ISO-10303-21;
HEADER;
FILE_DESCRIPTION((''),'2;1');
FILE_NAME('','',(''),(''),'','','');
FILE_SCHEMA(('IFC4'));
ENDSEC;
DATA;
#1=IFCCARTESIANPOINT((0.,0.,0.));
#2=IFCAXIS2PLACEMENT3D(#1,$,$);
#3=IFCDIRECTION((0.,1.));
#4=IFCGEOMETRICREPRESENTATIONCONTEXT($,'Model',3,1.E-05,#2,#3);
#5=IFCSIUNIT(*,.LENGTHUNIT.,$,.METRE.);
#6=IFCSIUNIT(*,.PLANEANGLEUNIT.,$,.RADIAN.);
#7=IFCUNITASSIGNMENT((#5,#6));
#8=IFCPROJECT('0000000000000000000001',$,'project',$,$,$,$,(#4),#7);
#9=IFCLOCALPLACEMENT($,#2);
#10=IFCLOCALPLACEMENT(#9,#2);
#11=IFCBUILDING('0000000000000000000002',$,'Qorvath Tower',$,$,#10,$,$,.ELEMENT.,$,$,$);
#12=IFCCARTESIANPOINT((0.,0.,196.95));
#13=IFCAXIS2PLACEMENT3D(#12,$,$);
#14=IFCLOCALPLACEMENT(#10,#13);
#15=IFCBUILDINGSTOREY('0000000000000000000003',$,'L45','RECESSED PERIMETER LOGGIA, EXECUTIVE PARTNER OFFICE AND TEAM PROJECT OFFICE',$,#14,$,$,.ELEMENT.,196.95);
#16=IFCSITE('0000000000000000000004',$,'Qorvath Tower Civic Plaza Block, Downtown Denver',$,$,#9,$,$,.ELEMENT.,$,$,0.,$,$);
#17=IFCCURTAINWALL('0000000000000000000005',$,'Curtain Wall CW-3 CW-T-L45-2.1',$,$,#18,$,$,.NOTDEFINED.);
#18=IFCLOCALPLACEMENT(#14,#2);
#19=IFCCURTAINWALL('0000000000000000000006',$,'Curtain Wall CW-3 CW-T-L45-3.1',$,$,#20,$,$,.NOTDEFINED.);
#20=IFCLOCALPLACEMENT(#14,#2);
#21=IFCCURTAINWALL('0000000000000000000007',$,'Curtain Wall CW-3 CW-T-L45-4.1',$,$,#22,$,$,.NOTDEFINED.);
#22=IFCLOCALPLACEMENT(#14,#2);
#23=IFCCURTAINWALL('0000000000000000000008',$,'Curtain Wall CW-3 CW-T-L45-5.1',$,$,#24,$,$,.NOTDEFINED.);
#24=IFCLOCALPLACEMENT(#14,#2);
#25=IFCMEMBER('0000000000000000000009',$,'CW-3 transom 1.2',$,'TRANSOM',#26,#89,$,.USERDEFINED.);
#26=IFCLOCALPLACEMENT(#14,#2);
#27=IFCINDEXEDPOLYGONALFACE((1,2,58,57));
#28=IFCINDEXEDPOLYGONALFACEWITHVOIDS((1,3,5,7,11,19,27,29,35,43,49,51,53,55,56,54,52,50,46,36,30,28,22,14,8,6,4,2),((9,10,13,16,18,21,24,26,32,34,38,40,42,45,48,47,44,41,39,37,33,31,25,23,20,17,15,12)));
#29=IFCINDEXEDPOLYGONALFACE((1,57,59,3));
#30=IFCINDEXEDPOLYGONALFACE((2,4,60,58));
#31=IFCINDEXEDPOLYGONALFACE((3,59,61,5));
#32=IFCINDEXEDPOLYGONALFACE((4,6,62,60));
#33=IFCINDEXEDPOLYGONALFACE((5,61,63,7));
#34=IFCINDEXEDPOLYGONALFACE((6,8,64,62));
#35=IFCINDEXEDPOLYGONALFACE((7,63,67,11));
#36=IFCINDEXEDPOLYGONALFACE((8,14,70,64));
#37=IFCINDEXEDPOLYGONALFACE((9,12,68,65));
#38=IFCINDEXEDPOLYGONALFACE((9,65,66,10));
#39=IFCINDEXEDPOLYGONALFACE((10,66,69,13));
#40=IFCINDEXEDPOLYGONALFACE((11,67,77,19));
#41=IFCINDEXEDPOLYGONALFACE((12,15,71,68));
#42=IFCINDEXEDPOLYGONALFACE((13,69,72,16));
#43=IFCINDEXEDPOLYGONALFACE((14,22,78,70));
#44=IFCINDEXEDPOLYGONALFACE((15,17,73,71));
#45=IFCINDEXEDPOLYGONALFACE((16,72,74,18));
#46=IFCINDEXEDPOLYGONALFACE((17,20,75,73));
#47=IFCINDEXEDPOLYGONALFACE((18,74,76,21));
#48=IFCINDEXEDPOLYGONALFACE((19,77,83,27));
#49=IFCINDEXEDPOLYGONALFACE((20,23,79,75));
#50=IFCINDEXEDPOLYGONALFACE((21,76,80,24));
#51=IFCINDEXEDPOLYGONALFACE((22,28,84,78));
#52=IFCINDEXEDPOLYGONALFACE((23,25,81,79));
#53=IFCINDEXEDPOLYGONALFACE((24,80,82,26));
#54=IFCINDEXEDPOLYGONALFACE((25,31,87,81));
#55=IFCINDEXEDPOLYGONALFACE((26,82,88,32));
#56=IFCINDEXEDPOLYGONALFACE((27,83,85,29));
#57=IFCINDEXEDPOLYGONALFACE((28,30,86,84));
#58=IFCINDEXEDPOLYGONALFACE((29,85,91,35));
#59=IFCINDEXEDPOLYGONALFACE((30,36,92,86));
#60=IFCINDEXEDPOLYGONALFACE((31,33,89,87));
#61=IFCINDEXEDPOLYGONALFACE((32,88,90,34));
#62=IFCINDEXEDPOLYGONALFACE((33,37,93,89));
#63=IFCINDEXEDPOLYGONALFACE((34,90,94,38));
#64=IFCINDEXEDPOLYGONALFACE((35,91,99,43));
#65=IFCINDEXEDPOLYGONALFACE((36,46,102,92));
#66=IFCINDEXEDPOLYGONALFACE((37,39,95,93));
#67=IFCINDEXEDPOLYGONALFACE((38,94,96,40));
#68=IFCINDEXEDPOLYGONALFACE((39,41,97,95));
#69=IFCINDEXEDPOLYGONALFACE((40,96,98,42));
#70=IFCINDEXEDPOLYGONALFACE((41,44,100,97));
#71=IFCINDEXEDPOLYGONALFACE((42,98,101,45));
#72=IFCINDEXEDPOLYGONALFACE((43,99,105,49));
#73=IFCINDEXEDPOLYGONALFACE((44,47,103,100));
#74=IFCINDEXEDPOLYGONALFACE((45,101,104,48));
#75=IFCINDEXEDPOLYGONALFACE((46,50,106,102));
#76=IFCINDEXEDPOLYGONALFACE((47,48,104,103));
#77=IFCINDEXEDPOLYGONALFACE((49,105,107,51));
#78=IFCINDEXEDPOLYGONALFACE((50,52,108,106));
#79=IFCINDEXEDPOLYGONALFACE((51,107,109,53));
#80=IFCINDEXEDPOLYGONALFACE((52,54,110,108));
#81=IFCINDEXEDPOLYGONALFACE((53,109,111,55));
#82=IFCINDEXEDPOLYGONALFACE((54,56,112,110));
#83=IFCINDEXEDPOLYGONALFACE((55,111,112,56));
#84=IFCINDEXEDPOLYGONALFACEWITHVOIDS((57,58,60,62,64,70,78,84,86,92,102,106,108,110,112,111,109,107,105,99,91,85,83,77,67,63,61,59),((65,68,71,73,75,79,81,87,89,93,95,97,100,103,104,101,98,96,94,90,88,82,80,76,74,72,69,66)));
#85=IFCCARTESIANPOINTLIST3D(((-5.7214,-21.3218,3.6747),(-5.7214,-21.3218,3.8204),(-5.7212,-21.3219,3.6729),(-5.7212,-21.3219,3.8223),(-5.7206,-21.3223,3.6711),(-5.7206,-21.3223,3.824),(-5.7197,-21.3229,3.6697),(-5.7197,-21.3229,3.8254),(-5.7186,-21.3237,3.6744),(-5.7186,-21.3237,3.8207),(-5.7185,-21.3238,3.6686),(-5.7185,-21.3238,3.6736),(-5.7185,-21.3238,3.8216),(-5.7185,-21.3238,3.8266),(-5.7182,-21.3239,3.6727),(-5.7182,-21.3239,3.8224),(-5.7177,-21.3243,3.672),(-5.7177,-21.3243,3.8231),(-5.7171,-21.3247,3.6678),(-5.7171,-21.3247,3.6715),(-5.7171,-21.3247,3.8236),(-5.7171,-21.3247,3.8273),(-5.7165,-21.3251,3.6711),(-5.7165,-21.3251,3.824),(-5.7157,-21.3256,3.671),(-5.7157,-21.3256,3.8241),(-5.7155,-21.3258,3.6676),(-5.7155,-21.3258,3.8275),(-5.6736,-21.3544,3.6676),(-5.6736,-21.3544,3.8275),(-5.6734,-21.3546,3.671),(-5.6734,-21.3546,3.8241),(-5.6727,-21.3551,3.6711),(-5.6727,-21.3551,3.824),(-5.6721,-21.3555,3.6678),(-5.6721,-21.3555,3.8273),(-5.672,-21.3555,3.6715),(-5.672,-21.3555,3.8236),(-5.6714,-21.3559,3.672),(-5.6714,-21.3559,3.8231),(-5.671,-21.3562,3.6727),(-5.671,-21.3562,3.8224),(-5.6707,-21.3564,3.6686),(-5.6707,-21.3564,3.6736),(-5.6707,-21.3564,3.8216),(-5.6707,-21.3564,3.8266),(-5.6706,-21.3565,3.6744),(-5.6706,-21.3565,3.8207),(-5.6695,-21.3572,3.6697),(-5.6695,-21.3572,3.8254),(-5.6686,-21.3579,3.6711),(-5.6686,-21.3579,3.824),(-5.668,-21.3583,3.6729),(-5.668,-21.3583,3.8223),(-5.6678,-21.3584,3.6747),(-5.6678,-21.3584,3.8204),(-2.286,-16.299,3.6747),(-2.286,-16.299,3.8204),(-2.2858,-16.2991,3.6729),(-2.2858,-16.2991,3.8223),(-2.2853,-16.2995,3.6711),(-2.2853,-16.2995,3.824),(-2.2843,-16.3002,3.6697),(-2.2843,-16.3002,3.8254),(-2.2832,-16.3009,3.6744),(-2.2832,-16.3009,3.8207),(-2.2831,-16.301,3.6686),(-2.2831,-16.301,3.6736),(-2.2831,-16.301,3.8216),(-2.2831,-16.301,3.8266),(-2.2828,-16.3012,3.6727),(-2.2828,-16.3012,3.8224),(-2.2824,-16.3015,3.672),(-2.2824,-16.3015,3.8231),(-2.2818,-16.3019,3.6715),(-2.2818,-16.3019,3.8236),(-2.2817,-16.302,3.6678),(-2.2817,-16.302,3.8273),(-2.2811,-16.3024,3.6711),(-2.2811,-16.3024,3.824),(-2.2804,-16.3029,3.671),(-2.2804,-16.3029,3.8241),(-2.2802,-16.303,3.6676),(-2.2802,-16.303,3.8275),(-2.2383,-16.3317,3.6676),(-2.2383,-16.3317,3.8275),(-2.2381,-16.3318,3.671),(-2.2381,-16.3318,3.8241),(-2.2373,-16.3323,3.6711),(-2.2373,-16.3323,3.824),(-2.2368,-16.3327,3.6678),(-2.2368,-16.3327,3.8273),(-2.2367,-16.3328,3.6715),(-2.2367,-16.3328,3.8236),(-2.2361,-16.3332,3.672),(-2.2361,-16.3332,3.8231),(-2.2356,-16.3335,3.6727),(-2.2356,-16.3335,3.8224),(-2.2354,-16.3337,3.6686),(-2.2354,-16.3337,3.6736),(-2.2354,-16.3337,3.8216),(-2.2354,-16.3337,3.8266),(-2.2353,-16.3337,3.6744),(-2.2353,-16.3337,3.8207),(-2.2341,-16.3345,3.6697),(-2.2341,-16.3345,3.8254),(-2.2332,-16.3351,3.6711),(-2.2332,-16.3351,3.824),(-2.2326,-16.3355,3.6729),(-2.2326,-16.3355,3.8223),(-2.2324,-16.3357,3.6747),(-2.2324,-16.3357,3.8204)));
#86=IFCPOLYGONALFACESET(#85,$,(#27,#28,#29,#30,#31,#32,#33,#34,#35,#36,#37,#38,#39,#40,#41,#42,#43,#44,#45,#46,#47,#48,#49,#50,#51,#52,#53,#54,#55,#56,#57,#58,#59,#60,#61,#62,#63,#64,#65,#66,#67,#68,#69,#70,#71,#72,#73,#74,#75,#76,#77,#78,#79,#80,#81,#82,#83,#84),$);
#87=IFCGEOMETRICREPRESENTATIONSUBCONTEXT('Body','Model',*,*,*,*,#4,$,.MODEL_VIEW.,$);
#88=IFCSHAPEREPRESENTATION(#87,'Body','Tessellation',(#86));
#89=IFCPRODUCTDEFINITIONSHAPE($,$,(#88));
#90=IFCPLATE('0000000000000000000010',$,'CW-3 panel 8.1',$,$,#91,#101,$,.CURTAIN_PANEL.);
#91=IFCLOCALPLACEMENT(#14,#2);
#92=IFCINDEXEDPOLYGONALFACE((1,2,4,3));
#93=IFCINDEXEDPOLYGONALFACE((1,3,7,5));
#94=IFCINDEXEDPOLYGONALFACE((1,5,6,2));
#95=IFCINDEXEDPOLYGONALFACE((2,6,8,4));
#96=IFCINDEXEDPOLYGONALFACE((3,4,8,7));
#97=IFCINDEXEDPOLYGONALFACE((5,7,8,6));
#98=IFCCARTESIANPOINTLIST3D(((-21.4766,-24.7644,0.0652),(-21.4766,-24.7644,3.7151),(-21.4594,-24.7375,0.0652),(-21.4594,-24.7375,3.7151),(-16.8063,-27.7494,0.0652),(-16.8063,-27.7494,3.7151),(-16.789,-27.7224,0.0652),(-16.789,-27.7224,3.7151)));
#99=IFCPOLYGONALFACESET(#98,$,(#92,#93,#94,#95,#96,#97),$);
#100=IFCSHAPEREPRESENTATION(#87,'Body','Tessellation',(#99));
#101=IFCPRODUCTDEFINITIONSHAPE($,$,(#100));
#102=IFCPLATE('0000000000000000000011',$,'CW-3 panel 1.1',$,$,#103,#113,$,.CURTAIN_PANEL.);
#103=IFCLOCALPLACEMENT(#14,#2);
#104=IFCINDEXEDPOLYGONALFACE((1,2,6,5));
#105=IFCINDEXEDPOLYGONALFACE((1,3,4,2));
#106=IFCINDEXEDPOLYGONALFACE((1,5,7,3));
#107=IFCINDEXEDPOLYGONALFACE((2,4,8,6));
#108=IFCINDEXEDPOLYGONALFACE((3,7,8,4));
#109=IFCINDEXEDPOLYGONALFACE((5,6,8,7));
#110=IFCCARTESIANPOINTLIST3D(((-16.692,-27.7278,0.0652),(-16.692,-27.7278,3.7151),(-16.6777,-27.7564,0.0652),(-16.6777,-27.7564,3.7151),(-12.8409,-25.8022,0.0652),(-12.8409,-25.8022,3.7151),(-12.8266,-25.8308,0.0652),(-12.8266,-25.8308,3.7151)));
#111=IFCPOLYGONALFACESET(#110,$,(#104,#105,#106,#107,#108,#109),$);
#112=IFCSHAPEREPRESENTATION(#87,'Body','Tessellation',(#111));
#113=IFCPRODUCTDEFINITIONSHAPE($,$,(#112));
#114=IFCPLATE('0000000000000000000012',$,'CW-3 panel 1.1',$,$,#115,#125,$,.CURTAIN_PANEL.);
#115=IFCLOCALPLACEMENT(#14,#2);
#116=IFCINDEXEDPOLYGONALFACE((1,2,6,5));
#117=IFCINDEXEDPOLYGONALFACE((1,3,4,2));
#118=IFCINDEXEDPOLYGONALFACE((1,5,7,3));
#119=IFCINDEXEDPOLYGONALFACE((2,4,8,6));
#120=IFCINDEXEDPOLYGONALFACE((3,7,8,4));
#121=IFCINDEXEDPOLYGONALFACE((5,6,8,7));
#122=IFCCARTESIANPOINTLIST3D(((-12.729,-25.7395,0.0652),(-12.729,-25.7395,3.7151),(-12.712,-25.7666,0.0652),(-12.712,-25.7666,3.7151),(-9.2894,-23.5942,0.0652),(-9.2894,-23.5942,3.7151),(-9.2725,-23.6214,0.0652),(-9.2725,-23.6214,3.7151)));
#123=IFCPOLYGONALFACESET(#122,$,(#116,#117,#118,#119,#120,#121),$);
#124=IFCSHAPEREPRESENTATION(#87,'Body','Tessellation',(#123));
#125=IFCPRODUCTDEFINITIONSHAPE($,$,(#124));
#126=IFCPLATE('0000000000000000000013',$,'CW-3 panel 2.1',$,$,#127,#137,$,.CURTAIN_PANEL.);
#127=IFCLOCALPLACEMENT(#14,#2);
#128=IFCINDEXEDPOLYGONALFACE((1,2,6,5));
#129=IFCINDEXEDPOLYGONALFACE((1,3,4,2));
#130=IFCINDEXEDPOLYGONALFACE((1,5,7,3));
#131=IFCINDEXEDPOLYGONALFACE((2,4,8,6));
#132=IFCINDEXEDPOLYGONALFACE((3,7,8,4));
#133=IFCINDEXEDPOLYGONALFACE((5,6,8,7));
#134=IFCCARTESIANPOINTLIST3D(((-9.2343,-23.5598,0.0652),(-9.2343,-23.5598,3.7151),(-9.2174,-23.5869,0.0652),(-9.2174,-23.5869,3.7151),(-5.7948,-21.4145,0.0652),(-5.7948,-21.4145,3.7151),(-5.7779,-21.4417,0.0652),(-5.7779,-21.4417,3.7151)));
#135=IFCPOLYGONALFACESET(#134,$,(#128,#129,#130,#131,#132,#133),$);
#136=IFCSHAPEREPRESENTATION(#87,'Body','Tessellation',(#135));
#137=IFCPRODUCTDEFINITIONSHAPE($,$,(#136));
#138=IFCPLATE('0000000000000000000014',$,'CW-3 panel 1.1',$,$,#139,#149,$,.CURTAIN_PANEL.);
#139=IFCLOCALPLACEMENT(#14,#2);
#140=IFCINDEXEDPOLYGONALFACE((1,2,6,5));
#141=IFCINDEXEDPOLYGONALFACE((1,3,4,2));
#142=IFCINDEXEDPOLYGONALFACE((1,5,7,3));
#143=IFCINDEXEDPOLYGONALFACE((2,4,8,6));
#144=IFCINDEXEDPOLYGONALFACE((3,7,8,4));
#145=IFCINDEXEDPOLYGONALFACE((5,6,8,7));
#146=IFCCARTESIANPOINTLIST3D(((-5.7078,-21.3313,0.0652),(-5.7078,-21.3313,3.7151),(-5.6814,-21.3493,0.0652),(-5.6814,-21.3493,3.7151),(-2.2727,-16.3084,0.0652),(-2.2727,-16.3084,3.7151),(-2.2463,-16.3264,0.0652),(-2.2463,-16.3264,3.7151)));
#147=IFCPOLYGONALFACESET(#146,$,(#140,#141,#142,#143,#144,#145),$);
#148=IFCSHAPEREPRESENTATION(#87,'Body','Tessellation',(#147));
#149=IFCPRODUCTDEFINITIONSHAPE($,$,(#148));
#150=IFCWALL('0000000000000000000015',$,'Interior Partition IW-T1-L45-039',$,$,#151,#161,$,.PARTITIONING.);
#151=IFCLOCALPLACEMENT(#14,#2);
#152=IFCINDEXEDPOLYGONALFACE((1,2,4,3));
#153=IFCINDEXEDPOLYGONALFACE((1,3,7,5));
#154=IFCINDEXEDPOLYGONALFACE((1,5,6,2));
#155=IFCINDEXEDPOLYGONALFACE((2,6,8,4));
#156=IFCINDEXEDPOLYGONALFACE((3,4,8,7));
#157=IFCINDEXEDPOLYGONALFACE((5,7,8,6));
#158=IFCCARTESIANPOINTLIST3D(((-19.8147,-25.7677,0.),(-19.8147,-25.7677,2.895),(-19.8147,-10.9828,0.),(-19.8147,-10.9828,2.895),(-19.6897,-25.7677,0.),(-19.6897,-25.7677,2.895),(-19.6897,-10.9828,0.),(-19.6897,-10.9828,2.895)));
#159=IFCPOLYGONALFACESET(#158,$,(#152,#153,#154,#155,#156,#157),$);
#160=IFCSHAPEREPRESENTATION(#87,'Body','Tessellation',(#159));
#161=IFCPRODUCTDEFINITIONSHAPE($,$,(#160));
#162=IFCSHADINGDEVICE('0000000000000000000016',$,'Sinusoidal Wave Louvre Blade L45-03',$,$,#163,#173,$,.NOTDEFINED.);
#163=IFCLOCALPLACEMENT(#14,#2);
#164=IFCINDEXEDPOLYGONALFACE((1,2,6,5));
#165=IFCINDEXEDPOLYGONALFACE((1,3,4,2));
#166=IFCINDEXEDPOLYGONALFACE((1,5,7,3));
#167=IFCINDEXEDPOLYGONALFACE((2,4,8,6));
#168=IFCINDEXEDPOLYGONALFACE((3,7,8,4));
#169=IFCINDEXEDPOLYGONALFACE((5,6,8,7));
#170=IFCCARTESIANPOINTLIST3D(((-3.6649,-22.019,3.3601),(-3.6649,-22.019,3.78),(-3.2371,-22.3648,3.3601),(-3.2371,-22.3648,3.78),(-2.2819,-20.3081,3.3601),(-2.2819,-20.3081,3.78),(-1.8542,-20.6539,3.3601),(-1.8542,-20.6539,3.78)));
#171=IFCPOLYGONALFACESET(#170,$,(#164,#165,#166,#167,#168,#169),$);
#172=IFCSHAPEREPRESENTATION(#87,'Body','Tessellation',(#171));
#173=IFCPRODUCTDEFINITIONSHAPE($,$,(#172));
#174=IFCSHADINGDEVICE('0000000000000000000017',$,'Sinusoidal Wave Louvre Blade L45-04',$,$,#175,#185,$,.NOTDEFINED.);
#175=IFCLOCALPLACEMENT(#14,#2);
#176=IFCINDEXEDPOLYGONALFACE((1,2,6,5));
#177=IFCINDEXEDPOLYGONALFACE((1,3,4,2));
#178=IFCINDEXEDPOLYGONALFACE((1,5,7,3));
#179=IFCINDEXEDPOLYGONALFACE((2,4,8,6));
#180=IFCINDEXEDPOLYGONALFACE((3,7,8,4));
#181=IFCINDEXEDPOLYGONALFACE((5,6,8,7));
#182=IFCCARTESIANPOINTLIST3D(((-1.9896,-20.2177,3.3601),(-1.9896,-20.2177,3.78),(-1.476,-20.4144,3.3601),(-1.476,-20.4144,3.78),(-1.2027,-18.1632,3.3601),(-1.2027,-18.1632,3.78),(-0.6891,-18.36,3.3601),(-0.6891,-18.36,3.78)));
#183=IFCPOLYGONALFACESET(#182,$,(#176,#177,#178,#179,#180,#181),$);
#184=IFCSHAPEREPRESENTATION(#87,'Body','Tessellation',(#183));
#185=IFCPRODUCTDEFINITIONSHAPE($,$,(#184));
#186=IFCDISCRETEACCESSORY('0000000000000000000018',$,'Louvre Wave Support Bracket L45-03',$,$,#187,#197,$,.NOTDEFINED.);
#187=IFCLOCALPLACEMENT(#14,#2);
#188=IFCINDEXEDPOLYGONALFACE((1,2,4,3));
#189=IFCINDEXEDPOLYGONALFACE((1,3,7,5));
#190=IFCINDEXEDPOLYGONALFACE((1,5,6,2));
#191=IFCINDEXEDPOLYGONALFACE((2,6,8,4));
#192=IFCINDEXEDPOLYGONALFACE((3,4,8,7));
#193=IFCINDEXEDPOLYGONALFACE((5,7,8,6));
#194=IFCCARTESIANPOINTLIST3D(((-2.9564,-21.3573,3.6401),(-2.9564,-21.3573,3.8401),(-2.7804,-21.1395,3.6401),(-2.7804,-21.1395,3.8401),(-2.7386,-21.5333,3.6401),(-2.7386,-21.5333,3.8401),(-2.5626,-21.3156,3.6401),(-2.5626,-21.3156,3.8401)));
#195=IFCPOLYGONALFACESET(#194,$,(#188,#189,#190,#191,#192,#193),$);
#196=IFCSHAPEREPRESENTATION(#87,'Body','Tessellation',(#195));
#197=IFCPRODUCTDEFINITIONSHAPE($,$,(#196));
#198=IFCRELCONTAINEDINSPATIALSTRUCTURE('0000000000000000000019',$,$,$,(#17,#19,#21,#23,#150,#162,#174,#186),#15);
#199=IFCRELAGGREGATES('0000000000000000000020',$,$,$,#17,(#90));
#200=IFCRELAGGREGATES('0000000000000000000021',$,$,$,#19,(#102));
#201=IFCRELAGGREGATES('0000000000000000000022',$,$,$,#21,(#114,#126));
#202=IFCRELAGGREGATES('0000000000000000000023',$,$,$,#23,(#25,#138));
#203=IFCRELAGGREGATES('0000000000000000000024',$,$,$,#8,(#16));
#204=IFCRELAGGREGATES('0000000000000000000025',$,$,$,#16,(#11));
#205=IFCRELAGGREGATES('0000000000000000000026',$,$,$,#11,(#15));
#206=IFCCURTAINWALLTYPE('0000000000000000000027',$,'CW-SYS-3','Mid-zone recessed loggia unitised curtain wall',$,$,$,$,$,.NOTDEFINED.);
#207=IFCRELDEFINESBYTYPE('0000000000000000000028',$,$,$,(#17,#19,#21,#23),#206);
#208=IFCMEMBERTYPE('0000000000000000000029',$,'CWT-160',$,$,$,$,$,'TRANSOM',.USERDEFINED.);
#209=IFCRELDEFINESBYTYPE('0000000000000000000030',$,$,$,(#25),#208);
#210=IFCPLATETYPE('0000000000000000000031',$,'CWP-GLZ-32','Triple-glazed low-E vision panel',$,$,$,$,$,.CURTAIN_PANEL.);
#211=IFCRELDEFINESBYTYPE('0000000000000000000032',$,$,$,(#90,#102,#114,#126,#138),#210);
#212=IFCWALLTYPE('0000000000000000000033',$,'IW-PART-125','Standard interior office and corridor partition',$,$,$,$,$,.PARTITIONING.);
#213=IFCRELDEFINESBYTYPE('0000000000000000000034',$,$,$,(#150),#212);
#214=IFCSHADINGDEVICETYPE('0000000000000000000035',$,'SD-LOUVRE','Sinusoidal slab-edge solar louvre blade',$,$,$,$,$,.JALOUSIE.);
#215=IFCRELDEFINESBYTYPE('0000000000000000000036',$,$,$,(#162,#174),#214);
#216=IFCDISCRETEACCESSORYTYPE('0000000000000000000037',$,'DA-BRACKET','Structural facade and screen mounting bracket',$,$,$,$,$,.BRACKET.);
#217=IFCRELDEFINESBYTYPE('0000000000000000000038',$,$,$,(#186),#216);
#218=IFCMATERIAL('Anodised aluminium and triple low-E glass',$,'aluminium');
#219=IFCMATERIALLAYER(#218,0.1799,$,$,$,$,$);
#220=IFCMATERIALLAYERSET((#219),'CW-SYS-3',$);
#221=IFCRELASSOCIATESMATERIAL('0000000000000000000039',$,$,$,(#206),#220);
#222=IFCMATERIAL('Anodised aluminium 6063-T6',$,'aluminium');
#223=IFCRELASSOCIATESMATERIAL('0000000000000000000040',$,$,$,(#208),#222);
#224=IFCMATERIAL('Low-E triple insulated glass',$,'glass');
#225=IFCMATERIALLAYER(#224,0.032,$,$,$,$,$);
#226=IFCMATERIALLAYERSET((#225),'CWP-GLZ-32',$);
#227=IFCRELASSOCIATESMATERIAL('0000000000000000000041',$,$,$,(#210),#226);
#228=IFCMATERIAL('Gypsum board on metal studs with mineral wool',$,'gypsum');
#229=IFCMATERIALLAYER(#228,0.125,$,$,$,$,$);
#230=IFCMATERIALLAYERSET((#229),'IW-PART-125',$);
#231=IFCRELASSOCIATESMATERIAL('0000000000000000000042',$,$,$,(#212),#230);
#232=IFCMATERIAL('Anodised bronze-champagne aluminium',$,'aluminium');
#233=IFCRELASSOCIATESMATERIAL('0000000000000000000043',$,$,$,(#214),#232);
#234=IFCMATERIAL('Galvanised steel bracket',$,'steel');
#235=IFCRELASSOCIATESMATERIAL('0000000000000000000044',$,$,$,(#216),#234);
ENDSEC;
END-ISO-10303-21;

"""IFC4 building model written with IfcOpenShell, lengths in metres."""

from ifc_helpers import new_model, si_unit, direction, frame, frame_2d, origin, origin_2d, place, context, subcontext, project, spatial, rectangle, hollow_rectangle, extrude, material, layer, layer_set, material_profile, profile_set, type_object, element, aggregate, save


model = new_model("IFC4")

# Units and contexts
model_context = context("Model", 3, precision=1e-05, world=origin(), true_north=direction((0.0, 1.0)))
body_context = subcontext(model_context, "Body", "Model", "MODEL_VIEW")
ifc_project = project(units=[si_unit("LENGTHUNIT", "METRE"), si_unit("PLANEANGLEUNIT", "RADIAN")], contexts=[model_context])

# Site, building, storey
site_placement = place(None, origin())
site = spatial("IfcSite", under=ifc_project, at=site_placement, Name="Qorvath Tower Civic Plaza Block, Downtown Denver", CompositionType="ELEMENT", RefElevation=0.0)
building_placement = place(site_placement, origin())
building = spatial("IfcBuilding", under=site, at=building_placement, Name="Qorvath Tower", CompositionType="ELEMENT")
storey_placement = place(building_placement, frame((0.0, 0.0, 196.95)))
storey = spatial("IfcBuildingStorey", under=building, at=storey_placement, Name="L45", Description="RECESSED PERIMETER LOGGIA, EXECUTIVE PARTNER OFFICE AND TEAM PROJECT OFFICE", CompositionType="ELEMENT", Elevation=196.95)

# Curtain wall
ifc_material_1 = material(Name="Anodised aluminium and triple low-E glass", Category="aluminium")
ifc_layer_1 = layer(ifc_material_1, 0.1799)
ifc_layer_set_1 = layer_set([ifc_layer_1], Name="CW-SYS-3")
curtain_wall_type = type_object("IfcCurtainWallType", Name="CW-SYS-3", Description="Mid-zone recessed loggia unitised curtain wall", PredefinedType="NOTDEFINED", material=ifc_layer_set_1)
curtain_wall_1_placement = place(storey_placement, origin())
curtain_wall_1 = element("IfcCurtainWall", 1, at=curtain_wall_1_placement, inside=storey, type_object=curtain_wall_type, Name="Curtain Wall CW-3 CW-T-L45-2.1", PredefinedType="NOTDEFINED")

# Curtain walls
curtain_wall_2_placement = place(storey_placement, origin())
curtain_wall_2 = element("IfcCurtainWall", 2, at=curtain_wall_2_placement, inside=storey, type_object=curtain_wall_type, Name="Curtain Wall CW-3 CW-T-L45-3.1", PredefinedType="NOTDEFINED")
curtain_wall_3_placement = place(storey_placement, origin())
curtain_wall_3 = element("IfcCurtainWall", 3, at=curtain_wall_3_placement, inside=storey, type_object=curtain_wall_type, Name="Curtain Wall CW-3 CW-T-L45-4.1", PredefinedType="NOTDEFINED")

# Curtain wall
curtain_wall_4_placement = place(storey_placement, origin())
curtain_wall_4 = element("IfcCurtainWall", 4, at=curtain_wall_4_placement, inside=storey, type_object=curtain_wall_type, Name="Curtain Wall CW-3 CW-T-L45-5.1", PredefinedType="NOTDEFINED")

# Member
ifc_material_2 = material(Name="Anodised aluminium 6063-T6", Category="aluminium")
ifc_material_profile_1 = material_profile(ifc_material_2, hollow_rectangle(XDim=0.0649, YDim=0.1599, WallThickness=0.0034, InnerFilletRadius=0.0034, OuterFilletRadius=0.0071, at=origin_2d()), Name="CWT 160x65")
ifc_profile_set_1 = profile_set([ifc_material_profile_1], Name="Anodised aluminium 6063-T6")
member_type_1 = type_object("IfcMemberType", Name="CWT-160", ElementType="TRANSOM", PredefinedType="USERDEFINED", material=ifc_profile_set_1)
member_1_placement = place(storey_placement, frame((-5.6946, -21.3401, 3.7476), z_axis=(0.56454, 0.825406, 0.0), x_axis=(-0.825406, 0.56454, 0.0)))
member_1 = element("IfcMember", 5, at=member_1_placement, type_object=member_type_1, Name="CW-3 transom 1.2", ObjectType="TRANSOM", PredefinedType="USERDEFINED", context=body_context, shape_type="SweptSolid", body=[
    extrude(hollow_rectangle(XDim=0.0649, YDim=0.1599, WallThickness=0.0034, InnerFilletRadius=0.0034, OuterFilletRadius=0.0071, at=origin_2d()), origin(), (0.0, 0.0, 1.0), 6.0852),
])

# Plates
ifc_material_3 = material(Name="Low-E triple insulated glass", Category="glass")
ifc_layer_2 = layer(ifc_material_3, 0.032)
ifc_layer_set_2 = layer_set([ifc_layer_2], Name="CWP-GLZ-32")
plate_type = type_object("IfcPlateType", Name="CWP-GLZ-32", Description="Triple-glazed low-E vision panel", PredefinedType="CURTAIN_PANEL", material=ifc_layer_set_2)
plate_1_placement = place(storey_placement, frame((-19.1328, -26.2434, 0.0652), z_axis=(0.0, 0.0, 1.0), x_axis=(0.842604, -0.538534, 0.0)))
plate_1 = element("IfcPlate", 6, at=plate_1_placement, type_object=plate_type, Name="CW-3 panel 8.1", PredefinedType="CURTAIN_PANEL", context=body_context, shape_type="SweptSolid", body=[
    extrude(rectangle(XDim=5.5427, YDim=0.032, at=origin_2d()), origin(), (0.0, 0.0, 1.0), 3.6499),
])
aggregate(curtain_wall_1, [plate_1])
plate_2_placement = place(storey_placement, frame((-14.7593, -26.7793, 0.0652), z_axis=(0.0, 0.0, 1.0), x_axis=(0.894432, 0.447205, 0.0)))
plate_2 = element("IfcPlate", 7, at=plate_2_placement, type_object=plate_type, Name="CW-3 panel 1.1", PredefinedType="CURTAIN_PANEL", context=body_context, shape_type="SweptSolid", body=[
    extrude(rectangle(XDim=4.3057, YDim=0.032, at=origin_2d()), origin(), (0.0, 0.0, 1.0), 3.6499),
])
aggregate(curtain_wall_2, [plate_2])
plate_3_placement = place(storey_placement, frame((-11.0007, -24.6804, 0.0652), z_axis=(0.0, 0.0, 1.0), x_axis=(0.848493, 0.529206, 0.0)))
plate_3 = element("IfcPlate", 8, at=plate_3_placement, type_object=plate_type, Name="CW-3 panel 1.1", PredefinedType="CURTAIN_PANEL", context=body_context, shape_type="SweptSolid", body=[
    extrude(rectangle(XDim=4.0537, YDim=0.032, at=origin_2d()), origin(), (0.0, 0.0, 1.0), 3.6499),
])
plate_4_placement = place(storey_placement, frame((-7.5061, -22.5007, 0.0652), z_axis=(0.0, 0.0, 1.0), x_axis=(0.848493, 0.529206, 0.0)))
plate_4 = element("IfcPlate", 9, at=plate_4_placement, type_object=plate_type, Name="CW-3 panel 2.1", PredefinedType="CURTAIN_PANEL", context=body_context, shape_type="SweptSolid", body=[
    extrude(rectangle(XDim=4.0537, YDim=0.032, at=origin_2d()), origin(), (0.0, 0.0, 1.0), 3.6499),
])
aggregate(curtain_wall_3, [plate_3, plate_4])
plate_5_placement = place(storey_placement, frame((-3.9771, -18.8289, 0.0652), z_axis=(0.0, 0.0, 1.0), x_axis=(0.564512, 0.825425, 0.0)))
plate_5 = element("IfcPlate", 10, at=plate_5_placement, type_object=plate_type, Name="CW-3 panel 1.1", PredefinedType="CURTAIN_PANEL", context=body_context, shape_type="SweptSolid", body=[
    extrude(rectangle(XDim=6.0852, YDim=0.032, at=origin_2d()), origin(), (0.0, 0.0, 1.0), 3.6499),
])
aggregate(curtain_wall_4, [member_1, plate_5])

# Wall
ifc_material_4 = material(Name="Gypsum board on metal studs with mineral wool", Category="gypsum")
ifc_layer_3 = layer(ifc_material_4, 0.125)
ifc_layer_set_3 = layer_set([ifc_layer_3], Name="IW-PART-125")
wall_type = type_object("IfcWallType", Name="IW-PART-125", Description="Standard interior office and corridor partition", PredefinedType="PARTITIONING", material=ifc_layer_set_3)
wall_placement = place(storey_placement, frame((-19.7522, -25.7678, 0.0), z_axis=(0.0, 0.0, 1.0), x_axis=(0.0, 1.0, 0.0)))
element("IfcWall", 11, at=wall_placement, inside=storey, type_object=wall_type, Name="Interior Partition IW-T1-L45-039", PredefinedType="PARTITIONING", context=body_context, shape_type="SweptSolid", body=[
    extrude(rectangle(XDim=14.7849, YDim=0.125, at=frame_2d((7.3926, 0.0))), origin(), (0.0, 0.0, 1.0), 2.895),
])

# Shading devices
ifc_material_5 = material(Name="Anodised bronze-champagne aluminium", Category="aluminium")
shading_device_type = type_object("IfcShadingDeviceType", Name="SD-LOUVRE", Description="Sinusoidal slab-edge solar louvre blade", PredefinedType="JALOUSIE", material=ifc_material_5)
for number, where, z_axis, x_axis, name in (
    (12, (-2.7595, -21.3364, 3.3601), (0.0, 0.0, 1.0), (0.628628, 0.777706, 0.0), "Sinusoidal Wave Louvre Blade L45-03"),
    (13, (-1.3394, -19.2888, 3.3601), (0.0, 0.0, 1.0), (0.357684, 0.933843, 0.0), "Sinusoidal Wave Louvre Blade L45-04"),
):
    element("IfcShadingDevice", number, at=place(storey_placement, frame(where, z_axis=z_axis, x_axis=x_axis)), inside=storey, type_object=shading_device_type, Name=name, PredefinedType="NOTDEFINED", context=body_context, shape_type="SweptSolid", body=[
        extrude(rectangle(XDim=2.2, YDim=0.55, at=origin_2d()), origin(), (0.0, 0.0, 1.0), 0.4199),
    ])

# Discrete accessory
ifc_material_6 = material(Name="Galvanised steel bracket", Category="steel")
discrete_accessory_type = type_object("IfcDiscreteAccessoryType", Name="DA-BRACKET", Description="Structural facade and screen mounting bracket", PredefinedType="BRACKET", material=ifc_material_6)
for number, where, z_axis, x_axis, name in (
    (14, (-2.7595, -21.3364, 3.6401), (0.0, 0.0, 1.0), (0.628628, 0.777706, 0.0), "Louvre Wave Support Bracket L45-03"),
):
    element("IfcDiscreteAccessory", number, at=place(storey_placement, frame(where, z_axis=z_axis, x_axis=x_axis)), inside=storey, type_object=discrete_accessory_type, Name=name, PredefinedType="NOTDEFINED", context=body_context, shape_type="SweptSolid", body=[
        extrude(rectangle(XDim=0.28, YDim=0.28, at=origin_2d()), origin(), (0.0, 0.0, 1.0), 0.2),
    ])

save(model, "model.ifc")
